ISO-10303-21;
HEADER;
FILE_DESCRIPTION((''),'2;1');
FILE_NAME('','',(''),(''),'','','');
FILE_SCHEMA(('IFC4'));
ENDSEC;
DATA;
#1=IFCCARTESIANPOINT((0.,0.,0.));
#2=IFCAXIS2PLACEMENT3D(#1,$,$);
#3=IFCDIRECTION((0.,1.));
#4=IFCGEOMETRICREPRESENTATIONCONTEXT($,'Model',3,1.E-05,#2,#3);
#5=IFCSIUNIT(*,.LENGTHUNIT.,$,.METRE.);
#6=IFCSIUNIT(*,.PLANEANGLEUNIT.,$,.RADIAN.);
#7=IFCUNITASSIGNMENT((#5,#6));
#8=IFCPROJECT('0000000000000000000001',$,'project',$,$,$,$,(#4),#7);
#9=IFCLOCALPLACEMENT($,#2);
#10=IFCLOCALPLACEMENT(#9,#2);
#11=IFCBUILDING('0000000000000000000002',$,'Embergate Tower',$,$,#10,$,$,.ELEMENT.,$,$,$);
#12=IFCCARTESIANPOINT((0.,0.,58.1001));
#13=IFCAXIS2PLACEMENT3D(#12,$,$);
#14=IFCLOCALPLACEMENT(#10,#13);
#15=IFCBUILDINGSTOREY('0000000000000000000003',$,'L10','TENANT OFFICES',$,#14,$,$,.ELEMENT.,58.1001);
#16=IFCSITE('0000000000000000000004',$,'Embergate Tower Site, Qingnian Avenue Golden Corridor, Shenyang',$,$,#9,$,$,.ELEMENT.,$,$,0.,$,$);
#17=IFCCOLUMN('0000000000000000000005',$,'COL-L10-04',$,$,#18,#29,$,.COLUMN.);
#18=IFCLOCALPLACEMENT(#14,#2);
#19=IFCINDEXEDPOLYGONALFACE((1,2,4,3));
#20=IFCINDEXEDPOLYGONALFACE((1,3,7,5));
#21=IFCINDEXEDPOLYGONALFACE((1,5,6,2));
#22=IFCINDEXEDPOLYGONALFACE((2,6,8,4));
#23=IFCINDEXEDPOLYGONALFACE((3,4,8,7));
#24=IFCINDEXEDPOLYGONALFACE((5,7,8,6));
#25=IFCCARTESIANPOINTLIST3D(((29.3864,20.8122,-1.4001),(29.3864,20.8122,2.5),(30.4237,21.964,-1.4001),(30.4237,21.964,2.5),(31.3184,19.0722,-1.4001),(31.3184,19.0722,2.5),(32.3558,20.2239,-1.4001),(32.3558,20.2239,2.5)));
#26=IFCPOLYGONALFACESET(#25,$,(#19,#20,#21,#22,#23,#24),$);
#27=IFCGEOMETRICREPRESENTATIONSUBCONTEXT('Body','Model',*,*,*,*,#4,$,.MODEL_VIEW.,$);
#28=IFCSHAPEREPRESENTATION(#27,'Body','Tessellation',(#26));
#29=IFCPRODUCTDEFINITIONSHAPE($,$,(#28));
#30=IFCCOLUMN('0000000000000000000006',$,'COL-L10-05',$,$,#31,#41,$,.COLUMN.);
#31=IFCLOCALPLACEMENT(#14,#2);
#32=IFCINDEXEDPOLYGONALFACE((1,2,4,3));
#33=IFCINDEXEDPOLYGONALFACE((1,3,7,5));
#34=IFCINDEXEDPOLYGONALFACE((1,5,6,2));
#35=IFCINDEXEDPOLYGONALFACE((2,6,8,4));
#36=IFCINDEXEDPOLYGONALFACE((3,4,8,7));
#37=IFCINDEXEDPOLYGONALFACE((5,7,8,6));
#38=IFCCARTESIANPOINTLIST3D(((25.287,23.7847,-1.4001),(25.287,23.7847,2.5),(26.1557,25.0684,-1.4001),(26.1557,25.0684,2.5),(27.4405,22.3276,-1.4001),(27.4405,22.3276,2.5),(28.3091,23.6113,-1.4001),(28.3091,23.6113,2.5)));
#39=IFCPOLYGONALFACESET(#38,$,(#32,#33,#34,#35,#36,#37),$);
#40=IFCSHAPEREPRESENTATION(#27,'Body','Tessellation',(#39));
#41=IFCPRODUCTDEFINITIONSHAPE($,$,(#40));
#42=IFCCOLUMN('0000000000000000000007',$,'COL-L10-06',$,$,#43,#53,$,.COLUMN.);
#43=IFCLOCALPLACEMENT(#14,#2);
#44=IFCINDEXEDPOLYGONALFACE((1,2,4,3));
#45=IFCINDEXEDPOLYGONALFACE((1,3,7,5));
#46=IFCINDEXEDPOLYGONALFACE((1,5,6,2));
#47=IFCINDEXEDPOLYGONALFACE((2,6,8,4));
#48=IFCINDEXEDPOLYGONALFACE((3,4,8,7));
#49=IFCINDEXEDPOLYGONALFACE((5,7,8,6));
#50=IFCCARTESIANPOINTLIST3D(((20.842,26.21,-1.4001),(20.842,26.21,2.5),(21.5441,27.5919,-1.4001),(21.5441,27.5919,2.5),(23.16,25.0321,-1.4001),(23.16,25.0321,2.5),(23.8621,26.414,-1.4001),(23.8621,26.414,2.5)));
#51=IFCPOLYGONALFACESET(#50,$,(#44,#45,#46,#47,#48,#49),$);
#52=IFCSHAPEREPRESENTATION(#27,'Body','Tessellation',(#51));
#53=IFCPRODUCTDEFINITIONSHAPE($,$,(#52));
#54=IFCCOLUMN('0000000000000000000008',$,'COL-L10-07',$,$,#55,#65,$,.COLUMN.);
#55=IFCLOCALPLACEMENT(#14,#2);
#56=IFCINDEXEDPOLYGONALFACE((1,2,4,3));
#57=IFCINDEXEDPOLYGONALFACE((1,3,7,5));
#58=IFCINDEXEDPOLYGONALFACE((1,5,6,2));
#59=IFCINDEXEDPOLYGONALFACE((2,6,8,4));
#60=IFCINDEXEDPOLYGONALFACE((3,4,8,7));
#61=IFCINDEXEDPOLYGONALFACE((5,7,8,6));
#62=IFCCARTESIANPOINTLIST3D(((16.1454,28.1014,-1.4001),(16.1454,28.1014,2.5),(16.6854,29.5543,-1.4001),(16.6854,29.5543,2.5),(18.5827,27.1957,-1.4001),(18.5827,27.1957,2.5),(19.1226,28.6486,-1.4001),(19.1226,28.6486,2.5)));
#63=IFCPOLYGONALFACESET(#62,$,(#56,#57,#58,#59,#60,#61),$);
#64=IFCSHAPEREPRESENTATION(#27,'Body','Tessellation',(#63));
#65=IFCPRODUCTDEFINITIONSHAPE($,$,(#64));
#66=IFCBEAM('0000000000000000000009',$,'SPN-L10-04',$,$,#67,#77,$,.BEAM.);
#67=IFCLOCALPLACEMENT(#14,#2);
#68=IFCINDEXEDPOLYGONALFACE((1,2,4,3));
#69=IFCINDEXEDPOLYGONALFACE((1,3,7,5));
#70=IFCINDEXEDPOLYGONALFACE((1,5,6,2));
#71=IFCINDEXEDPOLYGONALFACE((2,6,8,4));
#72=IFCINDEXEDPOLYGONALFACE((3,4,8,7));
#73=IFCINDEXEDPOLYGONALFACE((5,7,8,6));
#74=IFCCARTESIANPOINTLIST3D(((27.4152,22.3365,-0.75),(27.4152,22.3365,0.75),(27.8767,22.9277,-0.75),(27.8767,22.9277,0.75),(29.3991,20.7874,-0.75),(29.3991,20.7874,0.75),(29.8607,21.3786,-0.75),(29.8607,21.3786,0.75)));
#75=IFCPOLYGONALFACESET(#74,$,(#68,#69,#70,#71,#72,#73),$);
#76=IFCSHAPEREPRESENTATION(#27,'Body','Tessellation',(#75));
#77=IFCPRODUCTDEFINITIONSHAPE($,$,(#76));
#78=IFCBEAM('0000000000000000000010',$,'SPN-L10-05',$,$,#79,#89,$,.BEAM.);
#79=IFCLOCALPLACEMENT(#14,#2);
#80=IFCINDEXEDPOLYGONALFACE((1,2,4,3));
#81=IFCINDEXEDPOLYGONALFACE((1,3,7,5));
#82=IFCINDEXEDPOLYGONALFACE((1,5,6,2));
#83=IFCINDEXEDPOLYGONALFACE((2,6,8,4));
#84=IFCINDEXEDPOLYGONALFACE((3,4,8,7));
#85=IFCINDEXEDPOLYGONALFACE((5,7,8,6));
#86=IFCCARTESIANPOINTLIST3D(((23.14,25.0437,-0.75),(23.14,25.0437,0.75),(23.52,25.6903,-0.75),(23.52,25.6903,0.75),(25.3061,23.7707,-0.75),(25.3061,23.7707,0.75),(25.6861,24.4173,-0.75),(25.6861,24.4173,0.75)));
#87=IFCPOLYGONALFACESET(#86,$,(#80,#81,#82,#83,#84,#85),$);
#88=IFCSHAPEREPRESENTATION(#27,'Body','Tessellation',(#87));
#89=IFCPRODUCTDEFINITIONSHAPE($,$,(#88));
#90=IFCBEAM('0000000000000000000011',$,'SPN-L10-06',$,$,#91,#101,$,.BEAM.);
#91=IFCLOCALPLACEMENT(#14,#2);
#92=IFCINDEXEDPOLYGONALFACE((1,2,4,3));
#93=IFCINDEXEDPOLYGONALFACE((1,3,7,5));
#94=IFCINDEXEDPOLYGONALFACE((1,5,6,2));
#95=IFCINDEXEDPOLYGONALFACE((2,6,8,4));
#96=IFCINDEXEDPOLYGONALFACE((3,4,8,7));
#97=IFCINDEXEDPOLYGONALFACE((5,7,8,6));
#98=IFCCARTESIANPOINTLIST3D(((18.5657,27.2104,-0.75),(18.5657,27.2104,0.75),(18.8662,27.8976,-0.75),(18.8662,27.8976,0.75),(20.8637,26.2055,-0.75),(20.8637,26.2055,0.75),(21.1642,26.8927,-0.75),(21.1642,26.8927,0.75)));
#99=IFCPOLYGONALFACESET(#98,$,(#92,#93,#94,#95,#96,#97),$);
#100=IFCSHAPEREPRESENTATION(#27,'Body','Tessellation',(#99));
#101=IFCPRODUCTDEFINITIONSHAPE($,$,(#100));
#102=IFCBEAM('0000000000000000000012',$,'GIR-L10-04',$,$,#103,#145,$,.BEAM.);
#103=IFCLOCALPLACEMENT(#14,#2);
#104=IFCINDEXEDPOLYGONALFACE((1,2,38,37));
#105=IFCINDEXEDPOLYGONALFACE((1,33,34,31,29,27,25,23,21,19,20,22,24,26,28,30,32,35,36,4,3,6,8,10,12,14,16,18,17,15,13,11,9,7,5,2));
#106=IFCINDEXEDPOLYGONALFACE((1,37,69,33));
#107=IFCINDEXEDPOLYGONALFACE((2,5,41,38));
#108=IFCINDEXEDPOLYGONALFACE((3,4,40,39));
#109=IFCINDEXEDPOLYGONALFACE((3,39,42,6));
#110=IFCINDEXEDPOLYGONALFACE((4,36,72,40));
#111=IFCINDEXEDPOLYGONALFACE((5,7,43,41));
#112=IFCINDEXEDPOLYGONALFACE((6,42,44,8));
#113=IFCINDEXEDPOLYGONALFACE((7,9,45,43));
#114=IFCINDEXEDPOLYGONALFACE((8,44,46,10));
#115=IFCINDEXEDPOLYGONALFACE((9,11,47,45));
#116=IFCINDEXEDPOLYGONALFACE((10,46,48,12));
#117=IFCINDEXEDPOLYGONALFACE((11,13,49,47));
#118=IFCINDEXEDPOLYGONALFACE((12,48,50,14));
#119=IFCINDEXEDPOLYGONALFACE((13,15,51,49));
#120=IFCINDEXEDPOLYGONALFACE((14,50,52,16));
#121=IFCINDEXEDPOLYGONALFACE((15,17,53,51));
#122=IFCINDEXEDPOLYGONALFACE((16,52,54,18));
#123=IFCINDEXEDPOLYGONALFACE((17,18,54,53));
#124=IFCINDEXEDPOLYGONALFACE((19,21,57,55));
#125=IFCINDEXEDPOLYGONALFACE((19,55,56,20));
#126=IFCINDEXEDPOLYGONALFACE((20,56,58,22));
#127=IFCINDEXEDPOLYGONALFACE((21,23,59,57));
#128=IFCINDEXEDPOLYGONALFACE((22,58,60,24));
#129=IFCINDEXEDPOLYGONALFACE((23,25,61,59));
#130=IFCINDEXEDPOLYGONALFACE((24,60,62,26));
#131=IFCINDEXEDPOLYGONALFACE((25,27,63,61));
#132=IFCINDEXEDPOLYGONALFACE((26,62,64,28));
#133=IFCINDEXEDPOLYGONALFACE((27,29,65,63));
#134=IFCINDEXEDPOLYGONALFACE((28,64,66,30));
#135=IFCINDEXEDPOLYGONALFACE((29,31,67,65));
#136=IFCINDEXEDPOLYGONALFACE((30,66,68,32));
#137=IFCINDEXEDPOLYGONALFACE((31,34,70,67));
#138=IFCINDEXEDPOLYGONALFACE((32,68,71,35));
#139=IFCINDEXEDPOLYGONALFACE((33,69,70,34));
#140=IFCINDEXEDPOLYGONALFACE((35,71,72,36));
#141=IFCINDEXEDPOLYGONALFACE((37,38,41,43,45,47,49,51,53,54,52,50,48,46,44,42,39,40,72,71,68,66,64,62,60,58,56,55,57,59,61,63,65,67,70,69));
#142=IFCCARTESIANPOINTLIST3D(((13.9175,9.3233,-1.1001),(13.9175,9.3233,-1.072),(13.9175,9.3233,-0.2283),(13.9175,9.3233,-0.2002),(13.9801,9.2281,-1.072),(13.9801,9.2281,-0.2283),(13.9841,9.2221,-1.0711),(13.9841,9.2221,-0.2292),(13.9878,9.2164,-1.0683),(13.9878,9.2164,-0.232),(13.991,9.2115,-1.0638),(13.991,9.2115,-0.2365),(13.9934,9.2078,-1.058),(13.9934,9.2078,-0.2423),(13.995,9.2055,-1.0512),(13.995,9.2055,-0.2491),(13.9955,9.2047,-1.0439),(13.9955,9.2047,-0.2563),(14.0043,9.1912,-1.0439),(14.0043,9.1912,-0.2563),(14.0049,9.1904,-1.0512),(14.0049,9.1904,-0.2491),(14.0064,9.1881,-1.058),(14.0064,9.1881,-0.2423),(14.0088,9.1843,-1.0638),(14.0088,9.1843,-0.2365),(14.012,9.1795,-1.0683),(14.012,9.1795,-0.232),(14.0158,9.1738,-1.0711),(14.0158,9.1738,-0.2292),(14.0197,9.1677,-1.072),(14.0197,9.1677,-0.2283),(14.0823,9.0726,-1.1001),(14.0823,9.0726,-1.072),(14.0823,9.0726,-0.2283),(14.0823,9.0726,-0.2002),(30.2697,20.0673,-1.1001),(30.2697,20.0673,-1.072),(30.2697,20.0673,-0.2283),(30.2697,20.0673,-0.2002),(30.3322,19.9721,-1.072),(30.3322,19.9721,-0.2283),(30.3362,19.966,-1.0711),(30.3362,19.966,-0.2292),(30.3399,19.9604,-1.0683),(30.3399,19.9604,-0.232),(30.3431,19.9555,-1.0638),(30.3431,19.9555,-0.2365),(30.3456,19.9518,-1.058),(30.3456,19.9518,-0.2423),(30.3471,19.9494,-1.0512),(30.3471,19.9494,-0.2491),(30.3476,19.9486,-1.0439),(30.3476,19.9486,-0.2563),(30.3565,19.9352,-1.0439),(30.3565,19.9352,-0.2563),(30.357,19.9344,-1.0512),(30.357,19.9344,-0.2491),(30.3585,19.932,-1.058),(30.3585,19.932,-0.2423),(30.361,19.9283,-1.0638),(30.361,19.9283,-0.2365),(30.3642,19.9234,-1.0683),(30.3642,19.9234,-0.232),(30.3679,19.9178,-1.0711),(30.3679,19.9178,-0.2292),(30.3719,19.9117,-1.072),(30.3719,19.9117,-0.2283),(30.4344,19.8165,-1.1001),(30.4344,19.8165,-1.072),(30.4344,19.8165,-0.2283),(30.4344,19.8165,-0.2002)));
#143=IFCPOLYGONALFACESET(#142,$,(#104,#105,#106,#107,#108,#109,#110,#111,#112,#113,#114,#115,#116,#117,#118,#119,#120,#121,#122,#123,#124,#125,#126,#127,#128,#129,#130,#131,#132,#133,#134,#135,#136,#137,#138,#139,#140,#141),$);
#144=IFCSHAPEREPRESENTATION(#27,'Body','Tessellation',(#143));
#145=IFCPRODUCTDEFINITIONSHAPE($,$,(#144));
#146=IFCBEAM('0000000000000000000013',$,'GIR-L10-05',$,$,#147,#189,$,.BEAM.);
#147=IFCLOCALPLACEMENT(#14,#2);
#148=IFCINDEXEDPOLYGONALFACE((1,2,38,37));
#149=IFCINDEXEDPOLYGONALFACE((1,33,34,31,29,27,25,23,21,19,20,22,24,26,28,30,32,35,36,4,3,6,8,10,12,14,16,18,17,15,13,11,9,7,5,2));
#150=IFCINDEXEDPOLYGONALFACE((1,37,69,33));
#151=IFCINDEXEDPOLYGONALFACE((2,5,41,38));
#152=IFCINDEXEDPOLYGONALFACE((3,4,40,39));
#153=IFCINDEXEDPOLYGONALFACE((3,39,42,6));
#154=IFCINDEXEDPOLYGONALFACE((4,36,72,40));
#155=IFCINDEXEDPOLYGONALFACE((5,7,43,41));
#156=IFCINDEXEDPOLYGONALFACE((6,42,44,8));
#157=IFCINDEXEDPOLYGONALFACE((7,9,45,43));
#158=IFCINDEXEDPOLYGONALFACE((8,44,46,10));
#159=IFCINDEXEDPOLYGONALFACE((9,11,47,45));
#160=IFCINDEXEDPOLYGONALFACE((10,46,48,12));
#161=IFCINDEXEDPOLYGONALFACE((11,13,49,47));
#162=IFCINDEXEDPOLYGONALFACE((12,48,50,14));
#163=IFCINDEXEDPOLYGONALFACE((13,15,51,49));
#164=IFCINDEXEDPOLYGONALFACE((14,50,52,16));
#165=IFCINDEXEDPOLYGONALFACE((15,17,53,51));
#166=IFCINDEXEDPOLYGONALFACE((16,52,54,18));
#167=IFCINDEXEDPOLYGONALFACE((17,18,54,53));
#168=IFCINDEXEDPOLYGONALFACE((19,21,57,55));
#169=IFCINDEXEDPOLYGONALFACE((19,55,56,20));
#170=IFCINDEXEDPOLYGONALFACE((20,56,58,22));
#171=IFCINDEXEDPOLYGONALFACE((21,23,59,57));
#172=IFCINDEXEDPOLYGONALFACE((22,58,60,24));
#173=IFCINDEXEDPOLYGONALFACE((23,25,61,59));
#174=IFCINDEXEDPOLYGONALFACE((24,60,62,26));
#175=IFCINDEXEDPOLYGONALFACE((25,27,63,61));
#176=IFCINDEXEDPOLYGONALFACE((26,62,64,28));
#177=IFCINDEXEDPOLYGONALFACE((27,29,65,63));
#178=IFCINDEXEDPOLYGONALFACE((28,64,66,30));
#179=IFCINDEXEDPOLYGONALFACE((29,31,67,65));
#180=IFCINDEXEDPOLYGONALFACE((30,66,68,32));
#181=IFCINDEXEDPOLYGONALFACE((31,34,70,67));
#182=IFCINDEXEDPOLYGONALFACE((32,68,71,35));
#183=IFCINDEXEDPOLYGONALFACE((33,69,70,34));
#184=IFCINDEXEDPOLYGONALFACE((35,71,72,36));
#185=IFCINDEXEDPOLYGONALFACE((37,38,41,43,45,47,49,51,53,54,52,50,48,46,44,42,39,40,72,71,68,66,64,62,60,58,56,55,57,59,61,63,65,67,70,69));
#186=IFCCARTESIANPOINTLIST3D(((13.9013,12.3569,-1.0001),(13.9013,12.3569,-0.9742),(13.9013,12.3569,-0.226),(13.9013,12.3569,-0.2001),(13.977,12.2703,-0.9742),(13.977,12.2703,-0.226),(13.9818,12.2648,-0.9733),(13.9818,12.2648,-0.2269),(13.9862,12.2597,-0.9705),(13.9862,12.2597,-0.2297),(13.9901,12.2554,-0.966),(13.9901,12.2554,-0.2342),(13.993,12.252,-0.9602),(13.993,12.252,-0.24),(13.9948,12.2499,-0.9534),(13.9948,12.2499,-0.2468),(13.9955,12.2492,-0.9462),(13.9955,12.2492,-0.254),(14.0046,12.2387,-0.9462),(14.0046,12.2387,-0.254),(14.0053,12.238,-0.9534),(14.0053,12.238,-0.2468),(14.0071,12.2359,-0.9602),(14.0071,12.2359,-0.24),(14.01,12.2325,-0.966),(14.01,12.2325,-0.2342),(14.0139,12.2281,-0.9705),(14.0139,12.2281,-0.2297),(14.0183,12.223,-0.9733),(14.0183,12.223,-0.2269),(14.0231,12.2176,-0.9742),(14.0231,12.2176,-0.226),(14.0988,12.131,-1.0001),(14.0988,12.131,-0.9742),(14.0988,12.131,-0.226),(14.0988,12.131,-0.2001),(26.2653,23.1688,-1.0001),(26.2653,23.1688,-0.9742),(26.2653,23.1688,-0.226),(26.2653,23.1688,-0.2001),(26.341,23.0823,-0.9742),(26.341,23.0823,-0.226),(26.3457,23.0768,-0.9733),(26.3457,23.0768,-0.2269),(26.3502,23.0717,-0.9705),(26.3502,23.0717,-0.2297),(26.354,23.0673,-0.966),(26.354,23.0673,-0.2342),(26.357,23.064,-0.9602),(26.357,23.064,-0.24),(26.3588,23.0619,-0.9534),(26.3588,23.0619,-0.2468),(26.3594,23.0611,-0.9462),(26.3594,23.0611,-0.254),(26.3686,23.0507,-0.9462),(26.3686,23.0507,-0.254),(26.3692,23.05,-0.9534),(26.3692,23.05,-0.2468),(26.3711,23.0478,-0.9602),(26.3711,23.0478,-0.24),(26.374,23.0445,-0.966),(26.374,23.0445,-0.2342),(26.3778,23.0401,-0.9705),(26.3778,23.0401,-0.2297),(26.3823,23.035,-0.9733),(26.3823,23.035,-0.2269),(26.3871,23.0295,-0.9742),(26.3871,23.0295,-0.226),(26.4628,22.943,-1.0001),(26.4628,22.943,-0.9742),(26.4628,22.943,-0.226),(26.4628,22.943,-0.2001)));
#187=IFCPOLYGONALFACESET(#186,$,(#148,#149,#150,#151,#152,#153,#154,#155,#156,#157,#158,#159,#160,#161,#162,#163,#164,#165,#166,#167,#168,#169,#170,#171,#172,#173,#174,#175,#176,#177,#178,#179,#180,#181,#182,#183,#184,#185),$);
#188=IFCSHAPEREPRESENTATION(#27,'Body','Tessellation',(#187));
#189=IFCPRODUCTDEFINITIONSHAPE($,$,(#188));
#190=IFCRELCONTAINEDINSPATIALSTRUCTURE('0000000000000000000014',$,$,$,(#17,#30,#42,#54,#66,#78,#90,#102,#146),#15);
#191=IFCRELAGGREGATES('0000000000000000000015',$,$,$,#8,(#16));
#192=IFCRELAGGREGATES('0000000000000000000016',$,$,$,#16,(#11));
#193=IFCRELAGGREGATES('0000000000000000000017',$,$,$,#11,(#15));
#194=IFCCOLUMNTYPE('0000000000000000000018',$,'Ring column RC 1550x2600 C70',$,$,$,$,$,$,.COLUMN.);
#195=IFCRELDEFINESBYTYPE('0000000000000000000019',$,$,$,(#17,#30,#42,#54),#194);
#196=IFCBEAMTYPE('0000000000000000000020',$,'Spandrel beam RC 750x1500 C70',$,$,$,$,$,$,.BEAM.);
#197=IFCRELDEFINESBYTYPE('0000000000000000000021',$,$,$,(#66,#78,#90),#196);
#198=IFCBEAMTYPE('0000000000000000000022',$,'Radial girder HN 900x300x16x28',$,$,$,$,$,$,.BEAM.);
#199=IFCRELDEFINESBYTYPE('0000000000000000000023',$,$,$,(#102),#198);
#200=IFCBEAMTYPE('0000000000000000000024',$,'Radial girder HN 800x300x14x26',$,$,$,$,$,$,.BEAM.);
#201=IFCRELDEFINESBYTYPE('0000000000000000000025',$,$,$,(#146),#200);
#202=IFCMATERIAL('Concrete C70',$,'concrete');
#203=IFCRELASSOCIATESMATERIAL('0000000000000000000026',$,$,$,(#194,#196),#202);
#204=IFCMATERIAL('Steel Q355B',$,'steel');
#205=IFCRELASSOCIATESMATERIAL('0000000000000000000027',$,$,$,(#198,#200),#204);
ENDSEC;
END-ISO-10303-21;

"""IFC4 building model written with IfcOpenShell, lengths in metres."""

from ifc_helpers import new_model, si_unit, direction, frame, origin, origin_2d, place, context, subcontext, project, spatial, rectangle, i_section, extrude, source, transform, mapped, material, material_profile, profile_set, type_object, element, save


model = new_model("IFC4")

# Units and contexts
model_context = context("Model", 3, precision=1e-05, world=origin(), true_north=direction((0.0, 1.0)))
body_context = subcontext(model_context, "Body", "Model", "MODEL_VIEW")
ifc_project = project(units=[si_unit("LENGTHUNIT", "METRE"), si_unit("PLANEANGLEUNIT", "RADIAN")], contexts=[model_context])

# Site, building, storey
site_placement = place(None, origin())
site = spatial("IfcSite", under=ifc_project, at=site_placement, Name="Embergate Tower Site, Qingnian Avenue Golden Corridor, Shenyang", CompositionType="ELEMENT", RefElevation=0.0)
building_placement = place(site_placement, origin())
building = spatial("IfcBuilding", under=site, at=building_placement, Name="Embergate Tower", CompositionType="ELEMENT")
storey_placement = place(building_placement, frame((0.0, 0.0, 58.1001)))
storey = spatial("IfcBuildingStorey", under=building, at=storey_placement, Name="L10", Description="TENANT OFFICES", CompositionType="ELEMENT", Elevation=58.1001)

# Columns
ifc_material_1 = material(Name="Concrete C70", Category="concrete")
ifc_material_profile_1 = material_profile(ifc_material_1, rectangle(XDim=1.55, YDim=2.6001, at=origin_2d()), Name="RC 1550x2600")
ifc_profile_set_1 = profile_set([ifc_material_profile_1], Name="Concrete C70")
column_type = type_object("IfcColumnType", Name="Ring column RC 1550x2600 C70", PredefinedType="COLUMN", material=ifc_profile_set_1)
shared_shape_1 = source(origin(), body_context, "Body", "SweptSolid", [
    extrude(rectangle(XDim=1.55, YDim=2.6001, at=origin_2d()), origin(), (0.0, 0.0, 1.0), 3.9001),
])
for number, where, z_axis, x_axis, name in (
    (1, (30.8711, 20.5181, -1.4001), (0.0, 0.0, 1.0), (0.669221, 0.743063, 0.0), "COL-L10-04"),
    (2, (26.7981, 23.698, -1.4001), (0.0, 0.0, 1.0), (0.560408, 0.828217, 0.0), "COL-L10-05"),
    (3, (22.3521, 26.312, -1.4001), (0.0, 0.0, 1.0), (0.453011, 0.891505, 0.0), "COL-L10-06"),
    (4, (17.634, 28.375, -1.4001), (0.0, 0.0, 1.0), (0.348343, 0.937367, 0.0), "COL-L10-07"),
):
    element("IfcColumn", number, at=place(storey_placement, frame(where, z_axis=z_axis, x_axis=x_axis)), inside=storey, type_object=column_type, Name=name, PredefinedType="COLUMN", context=body_context, shape_type="MappedRepresentation", body=[
        mapped(shared_shape_1, transform((0.0, 0.0, 0.0))),
    ])

# Beams
ifc_material_profile_2 = material_profile(ifc_material_1, rectangle(XDim=0.75, YDim=1.5, at=origin_2d()), Name="RC 750x1500")
ifc_profile_set_2 = profile_set([ifc_material_profile_2], Name="Concrete C70")
beam_type_1 = type_object("IfcBeamType", Name="Spandrel beam RC 750x1500 C70", PredefinedType="BEAM", material=ifc_profile_set_2)
shared_shape_2 = source(origin(), body_context, "Body", "SweptSolid", [
    extrude(rectangle(XDim=0.75, YDim=1.5, at=origin_2d()), origin(), (0.0, 0.0, 1.0), 2.5171),
])
beam_1_placement = place(storey_placement, frame((29.6299, 21.083, 0.0), z_axis=(-0.788186, 0.615437, 0.0), x_axis=(-0.615437, -0.788186, 0.0)))
element("IfcBeam", 5, at=beam_1_placement, inside=storey, type_object=beam_type_1, Name="SPN-L10-04", PredefinedType="BEAM", context=body_context, shape_type="MappedRepresentation", body=[
    mapped(shared_shape_2, transform((0.0, 0.0, 0.0))),
])
shared_shape_3 = source(origin(), body_context, "Body", "SweptSolid", [
    extrude(rectangle(XDim=0.75, YDim=1.5, at=origin_2d()), origin(), (0.0, 0.0, 1.0), 2.5125),
])
beam_2_placement = place(storey_placement, frame((25.4961, 24.094, 0.0), z_axis=(-0.862139, 0.506672, 0.0), x_axis=(-0.506672, -0.862139, 0.0)))
element("IfcBeam", 6, at=beam_2_placement, inside=storey, type_object=beam_type_1, Name="SPN-L10-05", PredefinedType="BEAM", context=body_context, shape_type="MappedRepresentation", body=[
    mapped(shared_shape_3, transform((0.0, 0.0, 0.0))),
])
shared_shape_4 = source(origin(), body_context, "Body", "SweptSolid", [
    extrude(rectangle(XDim=0.75, YDim=1.5, at=origin_2d()), origin(), (0.0, 0.0, 1.0), 2.5081),
])
beam_3_placement = place(storey_placement, frame((21.0139, 26.5491, 0.0), z_axis=(-0.91622, 0.400676, 0.0), x_axis=(-0.400676, -0.91622, 0.0)))
element("IfcBeam", 7, at=beam_3_placement, inside=storey, type_object=beam_type_1, Name="SPN-L10-06", PredefinedType="BEAM", context=body_context, shape_type="MappedRepresentation", body=[
    mapped(shared_shape_4, transform((0.0, 0.0, 0.0))),
])
ifc_material_2 = material(Name="Steel Q355B", Category="steel")
ifc_material_profile_3 = material_profile(ifc_material_2, i_section(OverallWidth=0.3, OverallDepth=0.8999, WebThickness=0.0161, FlangeThickness=0.0281, FilletRadius=0.0281, at=origin_2d()), Name="HN 900x300x16x28")
ifc_profile_set_3 = profile_set([ifc_material_profile_3], Name="Steel Q355 grade B")
beam_type_2 = type_object("IfcBeamType", Name="Radial girder HN 900x300x16x28", PredefinedType="BEAM", material=ifc_profile_set_3)
shared_shape_5 = source(origin(), body_context, "Body", "SweptSolid", [
    extrude(i_section(OverallWidth=0.3, OverallDepth=0.8999, WebThickness=0.0161, FlangeThickness=0.0281, FilletRadius=0.0281, at=origin_2d()), origin(), (0.0, 0.0, 1.0), 19.5659),
])
beam_4_placement = place(storey_placement, frame((30.3521, 19.9419, -0.6501), z_axis=(-0.835746, -0.549116, 0.0), x_axis=(0.549116, -0.835746, 0.0)))
element("IfcBeam", 8, at=beam_4_placement, inside=storey, type_object=beam_type_2, Name="GIR-L10-04", PredefinedType="BEAM", context=body_context, shape_type="MappedRepresentation", body=[
    mapped(shared_shape_5, transform((0.0, 0.0, 0.0))),
])
ifc_material_profile_4 = material_profile(ifc_material_2, i_section(OverallWidth=0.3, OverallDepth=0.8, WebThickness=0.0139, FlangeThickness=0.0259, FilletRadius=0.0281, at=origin_2d()), Name="HN 800x300x14x26")
ifc_profile_set_4 = profile_set([ifc_material_profile_4], Name="Steel Q355 grade B")
beam_type_3 = type_object("IfcBeamType", Name="Radial girder HN 800x300x14x26", PredefinedType="BEAM", material=ifc_profile_set_4)
shared_shape_6 = source(origin(), body_context, "Body", "SweptSolid", [
    extrude(i_section(OverallWidth=0.3, OverallDepth=0.8, WebThickness=0.0139, FlangeThickness=0.0259, FilletRadius=0.0281, at=origin_2d()), origin(), (0.0, 0.0, 1.0), 16.4246),
])
beam_5_placement = place(storey_placement, frame((26.364, 23.0559, -0.6001), z_axis=(-0.752773, -0.65828, 0.0), x_axis=(0.65828, -0.752773, 0.0)))
element("IfcBeam", 9, at=beam_5_placement, inside=storey, type_object=beam_type_3, Name="GIR-L10-05", PredefinedType="BEAM", context=body_context, shape_type="MappedRepresentation", body=[
    mapped(shared_shape_6, transform((0.0, 0.0, 0.0))),
])

save(model, "model.ifc")
